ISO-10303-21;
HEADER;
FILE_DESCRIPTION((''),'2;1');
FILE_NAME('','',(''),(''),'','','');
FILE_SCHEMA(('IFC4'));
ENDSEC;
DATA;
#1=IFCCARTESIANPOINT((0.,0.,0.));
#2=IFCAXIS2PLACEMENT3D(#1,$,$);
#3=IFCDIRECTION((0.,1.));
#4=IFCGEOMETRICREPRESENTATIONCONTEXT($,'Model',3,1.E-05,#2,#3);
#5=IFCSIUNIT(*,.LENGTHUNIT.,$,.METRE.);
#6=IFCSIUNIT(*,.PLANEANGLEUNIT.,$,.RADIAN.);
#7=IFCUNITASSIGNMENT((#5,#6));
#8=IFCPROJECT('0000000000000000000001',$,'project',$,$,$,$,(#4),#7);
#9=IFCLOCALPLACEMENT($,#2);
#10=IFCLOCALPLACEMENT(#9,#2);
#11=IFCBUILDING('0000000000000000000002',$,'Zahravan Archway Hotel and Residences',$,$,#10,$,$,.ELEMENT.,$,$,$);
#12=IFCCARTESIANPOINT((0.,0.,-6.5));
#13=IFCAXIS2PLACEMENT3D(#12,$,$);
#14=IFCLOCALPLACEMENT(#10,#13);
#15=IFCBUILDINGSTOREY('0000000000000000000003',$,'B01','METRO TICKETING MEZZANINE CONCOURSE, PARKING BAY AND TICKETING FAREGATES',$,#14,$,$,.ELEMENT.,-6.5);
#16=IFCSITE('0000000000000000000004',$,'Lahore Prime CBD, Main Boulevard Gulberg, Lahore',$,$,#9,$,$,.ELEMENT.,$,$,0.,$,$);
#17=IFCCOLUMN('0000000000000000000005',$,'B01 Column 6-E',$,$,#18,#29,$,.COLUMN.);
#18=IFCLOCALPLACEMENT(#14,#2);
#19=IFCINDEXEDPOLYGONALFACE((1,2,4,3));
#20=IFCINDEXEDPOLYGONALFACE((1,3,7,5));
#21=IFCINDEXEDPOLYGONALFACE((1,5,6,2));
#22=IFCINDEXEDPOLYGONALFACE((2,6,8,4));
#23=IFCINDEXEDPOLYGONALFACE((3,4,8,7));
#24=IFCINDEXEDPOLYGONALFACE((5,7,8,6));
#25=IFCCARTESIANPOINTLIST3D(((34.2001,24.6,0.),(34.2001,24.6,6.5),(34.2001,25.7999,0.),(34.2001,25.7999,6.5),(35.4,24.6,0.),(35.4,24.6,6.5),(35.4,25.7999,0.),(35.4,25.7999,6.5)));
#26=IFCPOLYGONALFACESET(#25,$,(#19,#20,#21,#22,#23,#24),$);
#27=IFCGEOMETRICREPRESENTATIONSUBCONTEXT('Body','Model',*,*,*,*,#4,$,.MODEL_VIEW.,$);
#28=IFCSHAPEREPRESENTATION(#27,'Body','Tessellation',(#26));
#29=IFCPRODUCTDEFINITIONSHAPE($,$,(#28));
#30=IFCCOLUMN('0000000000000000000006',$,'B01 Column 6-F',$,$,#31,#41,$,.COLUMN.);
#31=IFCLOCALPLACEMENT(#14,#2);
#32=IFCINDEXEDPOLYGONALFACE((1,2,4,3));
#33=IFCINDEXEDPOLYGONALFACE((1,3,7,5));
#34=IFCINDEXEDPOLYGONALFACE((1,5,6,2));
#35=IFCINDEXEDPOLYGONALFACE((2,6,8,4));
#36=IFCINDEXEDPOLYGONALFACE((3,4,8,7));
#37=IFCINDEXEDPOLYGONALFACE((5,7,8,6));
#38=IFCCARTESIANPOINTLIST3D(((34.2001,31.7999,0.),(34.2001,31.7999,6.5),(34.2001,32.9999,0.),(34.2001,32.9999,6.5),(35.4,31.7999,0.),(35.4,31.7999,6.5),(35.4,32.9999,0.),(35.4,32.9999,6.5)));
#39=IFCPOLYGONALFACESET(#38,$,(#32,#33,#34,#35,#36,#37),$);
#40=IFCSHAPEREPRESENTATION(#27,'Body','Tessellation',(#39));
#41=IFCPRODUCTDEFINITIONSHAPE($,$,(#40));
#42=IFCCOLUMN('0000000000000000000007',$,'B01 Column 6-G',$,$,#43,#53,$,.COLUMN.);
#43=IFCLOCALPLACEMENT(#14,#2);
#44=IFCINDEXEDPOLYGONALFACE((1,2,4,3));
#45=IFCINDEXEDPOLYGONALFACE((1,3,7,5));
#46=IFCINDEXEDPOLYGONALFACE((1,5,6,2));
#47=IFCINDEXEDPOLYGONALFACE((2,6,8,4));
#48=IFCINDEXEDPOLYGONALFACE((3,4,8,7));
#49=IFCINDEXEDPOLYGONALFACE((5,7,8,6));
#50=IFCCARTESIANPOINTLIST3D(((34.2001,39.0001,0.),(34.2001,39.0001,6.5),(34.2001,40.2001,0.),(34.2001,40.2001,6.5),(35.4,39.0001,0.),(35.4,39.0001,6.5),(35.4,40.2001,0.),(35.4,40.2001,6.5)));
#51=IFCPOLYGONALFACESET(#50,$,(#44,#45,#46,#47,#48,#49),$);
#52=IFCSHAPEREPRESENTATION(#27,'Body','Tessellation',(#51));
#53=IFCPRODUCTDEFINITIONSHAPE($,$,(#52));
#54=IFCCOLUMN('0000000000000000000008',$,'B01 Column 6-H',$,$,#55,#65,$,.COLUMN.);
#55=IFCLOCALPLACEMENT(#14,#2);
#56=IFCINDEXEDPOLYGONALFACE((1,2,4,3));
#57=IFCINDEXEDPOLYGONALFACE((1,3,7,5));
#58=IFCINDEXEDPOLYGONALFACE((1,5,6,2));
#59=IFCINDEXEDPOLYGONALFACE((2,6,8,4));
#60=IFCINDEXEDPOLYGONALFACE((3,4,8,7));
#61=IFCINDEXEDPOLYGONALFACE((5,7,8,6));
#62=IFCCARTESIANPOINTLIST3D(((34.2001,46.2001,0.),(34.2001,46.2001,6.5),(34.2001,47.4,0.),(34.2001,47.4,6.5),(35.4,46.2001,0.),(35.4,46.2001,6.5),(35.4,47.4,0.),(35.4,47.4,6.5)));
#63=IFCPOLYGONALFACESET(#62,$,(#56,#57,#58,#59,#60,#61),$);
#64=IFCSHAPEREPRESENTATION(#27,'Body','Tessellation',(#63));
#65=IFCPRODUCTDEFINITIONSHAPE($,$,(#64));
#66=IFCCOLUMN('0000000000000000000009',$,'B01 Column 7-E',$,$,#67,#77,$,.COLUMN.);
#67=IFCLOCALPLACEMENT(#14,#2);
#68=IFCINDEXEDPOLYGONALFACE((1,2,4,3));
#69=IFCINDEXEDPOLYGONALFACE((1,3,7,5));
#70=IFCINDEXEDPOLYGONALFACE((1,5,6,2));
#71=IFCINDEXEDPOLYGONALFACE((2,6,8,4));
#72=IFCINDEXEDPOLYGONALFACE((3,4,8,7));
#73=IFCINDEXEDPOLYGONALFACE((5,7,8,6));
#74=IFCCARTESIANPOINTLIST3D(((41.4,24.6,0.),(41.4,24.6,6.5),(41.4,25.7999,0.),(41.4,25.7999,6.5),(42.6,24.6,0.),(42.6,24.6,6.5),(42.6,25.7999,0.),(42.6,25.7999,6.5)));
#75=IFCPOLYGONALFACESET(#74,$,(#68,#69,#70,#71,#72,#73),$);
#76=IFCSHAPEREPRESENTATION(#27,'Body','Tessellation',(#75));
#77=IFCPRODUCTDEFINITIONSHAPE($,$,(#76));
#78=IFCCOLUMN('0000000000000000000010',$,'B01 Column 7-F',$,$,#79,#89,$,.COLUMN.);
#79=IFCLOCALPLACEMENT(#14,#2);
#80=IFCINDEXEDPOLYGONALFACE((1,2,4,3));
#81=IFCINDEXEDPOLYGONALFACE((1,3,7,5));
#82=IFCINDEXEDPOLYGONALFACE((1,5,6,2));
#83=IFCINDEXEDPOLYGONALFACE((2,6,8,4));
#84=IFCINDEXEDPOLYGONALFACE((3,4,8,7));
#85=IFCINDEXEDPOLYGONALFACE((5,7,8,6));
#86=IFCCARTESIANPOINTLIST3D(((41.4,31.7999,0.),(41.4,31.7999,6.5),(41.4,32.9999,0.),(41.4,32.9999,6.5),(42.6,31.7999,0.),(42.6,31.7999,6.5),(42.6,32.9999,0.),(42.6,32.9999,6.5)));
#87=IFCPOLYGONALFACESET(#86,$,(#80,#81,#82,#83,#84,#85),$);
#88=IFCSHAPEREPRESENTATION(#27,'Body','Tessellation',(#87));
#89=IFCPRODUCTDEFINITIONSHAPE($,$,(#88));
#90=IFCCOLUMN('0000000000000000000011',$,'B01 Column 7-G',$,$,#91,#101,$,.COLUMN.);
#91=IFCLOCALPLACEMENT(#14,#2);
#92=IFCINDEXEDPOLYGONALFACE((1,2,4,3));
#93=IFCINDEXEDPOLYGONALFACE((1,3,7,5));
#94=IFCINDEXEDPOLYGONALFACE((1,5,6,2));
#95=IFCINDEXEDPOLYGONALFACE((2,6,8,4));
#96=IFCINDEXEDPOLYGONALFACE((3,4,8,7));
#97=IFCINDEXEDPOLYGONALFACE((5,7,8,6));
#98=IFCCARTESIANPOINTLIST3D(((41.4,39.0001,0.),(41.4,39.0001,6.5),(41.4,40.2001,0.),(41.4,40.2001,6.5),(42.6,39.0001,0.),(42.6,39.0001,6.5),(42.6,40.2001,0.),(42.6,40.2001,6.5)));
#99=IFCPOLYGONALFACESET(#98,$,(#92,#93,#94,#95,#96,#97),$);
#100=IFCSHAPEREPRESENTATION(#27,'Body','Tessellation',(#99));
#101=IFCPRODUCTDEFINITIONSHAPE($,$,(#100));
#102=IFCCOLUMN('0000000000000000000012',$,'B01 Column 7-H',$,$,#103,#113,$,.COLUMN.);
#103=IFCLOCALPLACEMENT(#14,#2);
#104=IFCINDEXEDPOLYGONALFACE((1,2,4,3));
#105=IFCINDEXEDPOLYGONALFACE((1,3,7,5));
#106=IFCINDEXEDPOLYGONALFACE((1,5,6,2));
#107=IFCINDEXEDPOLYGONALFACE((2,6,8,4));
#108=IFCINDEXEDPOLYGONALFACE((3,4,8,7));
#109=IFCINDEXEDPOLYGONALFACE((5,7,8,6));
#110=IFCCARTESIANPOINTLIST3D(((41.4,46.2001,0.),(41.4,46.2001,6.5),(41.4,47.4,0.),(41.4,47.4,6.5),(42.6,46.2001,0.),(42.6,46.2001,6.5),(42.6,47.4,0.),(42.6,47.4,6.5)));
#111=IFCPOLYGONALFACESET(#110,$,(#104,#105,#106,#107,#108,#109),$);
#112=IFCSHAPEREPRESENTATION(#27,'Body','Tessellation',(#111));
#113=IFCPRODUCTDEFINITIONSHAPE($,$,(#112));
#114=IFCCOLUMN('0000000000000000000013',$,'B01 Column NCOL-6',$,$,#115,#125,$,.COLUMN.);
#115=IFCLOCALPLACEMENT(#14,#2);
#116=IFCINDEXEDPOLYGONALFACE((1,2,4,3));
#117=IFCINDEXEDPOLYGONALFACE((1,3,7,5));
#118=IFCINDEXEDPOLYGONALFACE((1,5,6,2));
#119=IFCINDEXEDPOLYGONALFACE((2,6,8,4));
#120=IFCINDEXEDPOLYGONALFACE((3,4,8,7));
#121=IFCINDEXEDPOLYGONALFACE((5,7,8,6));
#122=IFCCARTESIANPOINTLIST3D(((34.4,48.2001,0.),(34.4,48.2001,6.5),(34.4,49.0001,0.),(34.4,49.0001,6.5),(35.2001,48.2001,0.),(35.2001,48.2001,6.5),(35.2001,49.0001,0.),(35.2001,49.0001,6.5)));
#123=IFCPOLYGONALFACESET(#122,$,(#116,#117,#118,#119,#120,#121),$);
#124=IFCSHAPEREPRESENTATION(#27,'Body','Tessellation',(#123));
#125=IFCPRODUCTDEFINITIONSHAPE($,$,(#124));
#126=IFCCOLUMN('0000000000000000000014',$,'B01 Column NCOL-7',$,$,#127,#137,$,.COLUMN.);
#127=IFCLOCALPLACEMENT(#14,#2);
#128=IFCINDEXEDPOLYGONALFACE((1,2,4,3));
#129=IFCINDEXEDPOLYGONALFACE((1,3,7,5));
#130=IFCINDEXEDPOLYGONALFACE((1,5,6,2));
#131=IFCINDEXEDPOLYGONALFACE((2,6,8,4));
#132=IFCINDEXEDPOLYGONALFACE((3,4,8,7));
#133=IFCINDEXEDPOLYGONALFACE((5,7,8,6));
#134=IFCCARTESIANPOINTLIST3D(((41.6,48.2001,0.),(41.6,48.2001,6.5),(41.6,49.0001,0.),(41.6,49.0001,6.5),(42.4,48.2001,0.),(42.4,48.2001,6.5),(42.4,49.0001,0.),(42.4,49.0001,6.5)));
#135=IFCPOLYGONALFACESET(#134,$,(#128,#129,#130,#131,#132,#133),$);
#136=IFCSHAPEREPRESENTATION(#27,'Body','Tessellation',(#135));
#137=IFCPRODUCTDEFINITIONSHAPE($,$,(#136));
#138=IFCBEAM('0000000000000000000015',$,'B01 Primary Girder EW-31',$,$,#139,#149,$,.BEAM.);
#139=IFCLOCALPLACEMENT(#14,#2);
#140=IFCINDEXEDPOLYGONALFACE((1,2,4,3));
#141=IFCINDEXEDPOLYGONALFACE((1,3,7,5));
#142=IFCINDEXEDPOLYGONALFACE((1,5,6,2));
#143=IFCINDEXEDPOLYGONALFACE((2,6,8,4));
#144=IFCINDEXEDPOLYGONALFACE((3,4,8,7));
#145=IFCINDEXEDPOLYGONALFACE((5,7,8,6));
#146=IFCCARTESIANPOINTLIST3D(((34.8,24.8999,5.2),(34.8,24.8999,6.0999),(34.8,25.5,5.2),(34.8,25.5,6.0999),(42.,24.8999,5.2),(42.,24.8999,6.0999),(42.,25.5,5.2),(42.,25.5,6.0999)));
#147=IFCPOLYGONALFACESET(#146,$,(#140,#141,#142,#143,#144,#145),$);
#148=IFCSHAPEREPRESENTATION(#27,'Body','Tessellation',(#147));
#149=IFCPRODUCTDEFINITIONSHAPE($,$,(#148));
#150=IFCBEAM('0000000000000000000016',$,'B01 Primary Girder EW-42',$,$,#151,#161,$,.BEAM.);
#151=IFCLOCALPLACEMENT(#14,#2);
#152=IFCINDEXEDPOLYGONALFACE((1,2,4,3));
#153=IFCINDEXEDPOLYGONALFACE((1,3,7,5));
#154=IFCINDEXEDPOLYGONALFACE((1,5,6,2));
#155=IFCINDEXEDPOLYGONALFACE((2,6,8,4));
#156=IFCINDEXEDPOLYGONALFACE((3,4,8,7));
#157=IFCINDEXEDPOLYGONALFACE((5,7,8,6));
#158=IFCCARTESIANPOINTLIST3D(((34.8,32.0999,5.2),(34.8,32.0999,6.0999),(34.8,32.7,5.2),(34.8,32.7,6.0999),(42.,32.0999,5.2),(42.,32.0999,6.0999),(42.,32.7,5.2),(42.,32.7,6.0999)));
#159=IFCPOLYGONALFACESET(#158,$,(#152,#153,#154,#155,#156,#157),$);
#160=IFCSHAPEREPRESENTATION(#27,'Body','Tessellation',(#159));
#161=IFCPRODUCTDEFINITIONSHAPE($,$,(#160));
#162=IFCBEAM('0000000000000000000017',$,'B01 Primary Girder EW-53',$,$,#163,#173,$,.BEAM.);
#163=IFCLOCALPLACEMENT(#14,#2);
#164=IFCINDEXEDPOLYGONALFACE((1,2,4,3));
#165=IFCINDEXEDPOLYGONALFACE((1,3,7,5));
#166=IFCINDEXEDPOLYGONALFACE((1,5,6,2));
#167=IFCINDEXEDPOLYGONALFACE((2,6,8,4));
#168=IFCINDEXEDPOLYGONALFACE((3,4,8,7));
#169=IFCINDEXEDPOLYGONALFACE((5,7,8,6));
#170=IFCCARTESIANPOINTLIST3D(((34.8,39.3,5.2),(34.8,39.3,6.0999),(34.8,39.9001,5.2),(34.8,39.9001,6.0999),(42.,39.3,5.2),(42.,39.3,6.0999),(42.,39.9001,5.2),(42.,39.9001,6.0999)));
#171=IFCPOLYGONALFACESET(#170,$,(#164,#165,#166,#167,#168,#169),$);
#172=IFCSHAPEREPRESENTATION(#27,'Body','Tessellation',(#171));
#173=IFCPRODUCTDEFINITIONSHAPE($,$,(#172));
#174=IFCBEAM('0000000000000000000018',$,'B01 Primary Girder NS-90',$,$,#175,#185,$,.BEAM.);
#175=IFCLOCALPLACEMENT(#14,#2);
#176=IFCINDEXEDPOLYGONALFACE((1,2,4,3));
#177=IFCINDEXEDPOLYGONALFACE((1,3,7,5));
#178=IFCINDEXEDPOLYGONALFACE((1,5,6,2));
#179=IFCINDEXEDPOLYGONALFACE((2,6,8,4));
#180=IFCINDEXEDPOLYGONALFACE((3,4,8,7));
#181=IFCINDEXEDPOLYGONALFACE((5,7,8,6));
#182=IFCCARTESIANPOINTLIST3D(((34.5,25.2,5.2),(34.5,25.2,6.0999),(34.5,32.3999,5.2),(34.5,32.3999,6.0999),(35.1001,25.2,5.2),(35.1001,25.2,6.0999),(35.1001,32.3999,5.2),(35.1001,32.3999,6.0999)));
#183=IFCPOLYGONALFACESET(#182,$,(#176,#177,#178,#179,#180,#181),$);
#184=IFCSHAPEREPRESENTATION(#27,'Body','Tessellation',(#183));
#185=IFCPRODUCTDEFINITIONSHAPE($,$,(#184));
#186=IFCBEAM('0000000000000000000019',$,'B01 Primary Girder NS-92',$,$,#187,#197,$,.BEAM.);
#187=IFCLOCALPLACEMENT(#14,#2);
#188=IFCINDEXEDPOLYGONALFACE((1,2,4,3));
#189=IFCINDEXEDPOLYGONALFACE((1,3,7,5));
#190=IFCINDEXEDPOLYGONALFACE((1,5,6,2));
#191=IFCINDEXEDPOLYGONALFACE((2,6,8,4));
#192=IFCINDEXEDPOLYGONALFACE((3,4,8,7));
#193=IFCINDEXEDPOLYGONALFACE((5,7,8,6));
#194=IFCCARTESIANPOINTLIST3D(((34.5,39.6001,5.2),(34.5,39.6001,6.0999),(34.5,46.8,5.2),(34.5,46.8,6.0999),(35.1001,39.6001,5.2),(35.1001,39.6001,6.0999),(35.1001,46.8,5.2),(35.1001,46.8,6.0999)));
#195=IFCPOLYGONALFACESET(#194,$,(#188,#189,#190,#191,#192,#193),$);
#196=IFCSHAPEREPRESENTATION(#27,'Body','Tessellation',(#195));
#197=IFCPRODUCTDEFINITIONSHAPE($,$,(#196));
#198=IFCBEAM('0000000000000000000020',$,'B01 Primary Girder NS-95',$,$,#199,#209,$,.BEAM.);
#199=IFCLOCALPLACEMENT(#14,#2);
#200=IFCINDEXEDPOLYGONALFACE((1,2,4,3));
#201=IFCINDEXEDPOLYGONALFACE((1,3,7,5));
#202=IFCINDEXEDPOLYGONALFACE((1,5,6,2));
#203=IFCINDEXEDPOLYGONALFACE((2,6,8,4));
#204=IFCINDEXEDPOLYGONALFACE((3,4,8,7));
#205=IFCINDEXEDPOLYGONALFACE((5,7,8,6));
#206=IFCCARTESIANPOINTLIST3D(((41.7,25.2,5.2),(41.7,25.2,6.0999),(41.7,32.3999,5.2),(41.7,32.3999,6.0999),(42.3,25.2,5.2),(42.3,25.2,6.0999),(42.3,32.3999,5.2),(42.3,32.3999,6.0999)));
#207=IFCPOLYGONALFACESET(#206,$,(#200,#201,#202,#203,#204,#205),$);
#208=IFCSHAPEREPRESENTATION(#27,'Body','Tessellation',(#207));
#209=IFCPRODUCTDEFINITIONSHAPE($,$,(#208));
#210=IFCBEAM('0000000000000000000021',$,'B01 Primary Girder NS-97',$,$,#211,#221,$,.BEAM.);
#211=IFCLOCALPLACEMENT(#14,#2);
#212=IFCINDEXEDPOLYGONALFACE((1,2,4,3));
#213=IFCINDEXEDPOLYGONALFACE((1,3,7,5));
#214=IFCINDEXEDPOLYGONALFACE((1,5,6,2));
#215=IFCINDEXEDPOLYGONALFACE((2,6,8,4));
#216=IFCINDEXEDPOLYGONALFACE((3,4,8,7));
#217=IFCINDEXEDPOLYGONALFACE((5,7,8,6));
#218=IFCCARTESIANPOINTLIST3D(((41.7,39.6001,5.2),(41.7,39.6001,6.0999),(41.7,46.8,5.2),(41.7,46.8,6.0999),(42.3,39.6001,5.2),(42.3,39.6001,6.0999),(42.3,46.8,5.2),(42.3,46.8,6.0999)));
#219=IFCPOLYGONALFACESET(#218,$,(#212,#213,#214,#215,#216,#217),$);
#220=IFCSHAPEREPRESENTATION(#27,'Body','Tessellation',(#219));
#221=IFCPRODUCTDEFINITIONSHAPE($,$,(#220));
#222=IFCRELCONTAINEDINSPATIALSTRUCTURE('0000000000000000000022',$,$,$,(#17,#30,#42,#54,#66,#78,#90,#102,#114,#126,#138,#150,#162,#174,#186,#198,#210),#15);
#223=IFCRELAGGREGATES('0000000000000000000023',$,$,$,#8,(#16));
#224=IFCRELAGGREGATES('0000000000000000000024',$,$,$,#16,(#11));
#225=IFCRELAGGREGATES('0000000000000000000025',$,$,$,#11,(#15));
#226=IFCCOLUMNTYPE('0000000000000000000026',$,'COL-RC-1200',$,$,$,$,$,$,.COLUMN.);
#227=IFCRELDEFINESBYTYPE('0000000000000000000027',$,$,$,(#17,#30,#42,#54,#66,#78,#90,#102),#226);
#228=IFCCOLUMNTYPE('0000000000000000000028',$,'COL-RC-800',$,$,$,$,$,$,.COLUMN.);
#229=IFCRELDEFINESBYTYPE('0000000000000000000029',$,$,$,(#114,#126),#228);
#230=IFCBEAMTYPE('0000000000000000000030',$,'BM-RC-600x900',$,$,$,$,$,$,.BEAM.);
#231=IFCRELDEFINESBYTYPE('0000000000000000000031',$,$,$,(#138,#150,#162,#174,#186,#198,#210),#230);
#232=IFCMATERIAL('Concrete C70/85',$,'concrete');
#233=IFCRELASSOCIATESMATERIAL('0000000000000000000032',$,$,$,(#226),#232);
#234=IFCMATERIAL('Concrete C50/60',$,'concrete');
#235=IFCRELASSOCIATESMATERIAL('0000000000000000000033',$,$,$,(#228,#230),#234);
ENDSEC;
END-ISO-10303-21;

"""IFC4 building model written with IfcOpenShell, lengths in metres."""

from ifc_helpers import new_model, si_unit, direction, frame, origin, origin_2d, place, context, subcontext, project, spatial, rectangle, extrude, source, transform, mapped, material, material_profile, profile_set, type_object, element, save


model = new_model("IFC4")

# Units and contexts
model_context = context("Model", 3, precision=1e-05, world=origin(), true_north=direction((0.0, 1.0)))
body_context = subcontext(model_context, "Body", "Model", "MODEL_VIEW")
ifc_project = project(units=[si_unit("LENGTHUNIT", "METRE"), si_unit("PLANEANGLEUNIT", "RADIAN")], contexts=[model_context])

# Site, building, storey
site_placement = place(None, origin())
site = spatial("IfcSite", under=ifc_project, at=site_placement, Name="Lahore Prime CBD, Main Boulevard Gulberg, Lahore", CompositionType="ELEMENT", RefElevation=0.0)
building_placement = place(site_placement, origin())
building = spatial("IfcBuilding", under=site, at=building_placement, Name="Zahravan Archway Hotel and Residences", CompositionType="ELEMENT")
storey_placement = place(building_placement, frame((0.0, 0.0, -6.5)))
storey = spatial("IfcBuildingStorey", under=building, at=storey_placement, Name="B01", Description="METRO TICKETING MEZZANINE CONCOURSE, PARKING BAY AND TICKETING FAREGATES", CompositionType="ELEMENT", Elevation=-6.5)

# Columns
ifc_material_1 = material(Name="Concrete C70/85", Category="concrete")
ifc_material_profile_1 = material_profile(ifc_material_1, rectangle(XDim=1.2, YDim=1.2, at=origin_2d()), Name="RC-COL-1200x1200", Category="concrete")
ifc_profile_set_1 = profile_set([ifc_material_profile_1], Name="Concrete C70/85")
column_type_1 = type_object("IfcColumnType", Name="COL-RC-1200", PredefinedType="COLUMN", material=ifc_profile_set_1)
shared_shape_1 = source(origin(), body_context, "Body", "SweptSolid", [
    extrude(rectangle(XDim=1.2, YDim=1.2, at=origin_2d()), origin(), (0.0, 0.0, 1.0), 6.5),
])
for number, where, z_axis, x_axis, name in (
    (1, (34.8, 25.2, 0.0), (0.0, 0.0, 1.0), (1.0, 0.0, 0.0), "B01 Column 6-E"),
    (2, (34.8, 32.3999, 0.0), (0.0, 0.0, 1.0), (1.0, 0.0, 0.0), "B01 Column 6-F"),
    (3, (34.8, 39.6001, 0.0), (0.0, 0.0, 1.0), (1.0, 0.0, 0.0), "B01 Column 6-G"),
    (4, (34.8, 46.8, 0.0), (0.0, 0.0, 1.0), (1.0, 0.0, 0.0), "B01 Column 6-H"),
    (5, (42.0, 25.2, 0.0), (0.0, 0.0, 1.0), (1.0, 0.0, 0.0), "B01 Column 7-E"),
    (6, (42.0, 32.3999, 0.0), (0.0, 0.0, 1.0), (1.0, 0.0, 0.0), "B01 Column 7-F"),
    (7, (42.0, 39.6001, 0.0), (0.0, 0.0, 1.0), (1.0, 0.0, 0.0), "B01 Column 7-G"),
    (8, (42.0, 46.8, 0.0), (0.0, 0.0, 1.0), (1.0, 0.0, 0.0), "B01 Column 7-H"),
):
    element("IfcColumn", number, at=place(storey_placement, frame(where, z_axis=z_axis, x_axis=x_axis)), inside=storey, type_object=column_type_1, Name=name, PredefinedType="COLUMN", context=body_context, shape_type="MappedRepresentation", body=[
        mapped(shared_shape_1, transform((0.0, 0.0, 0.0), scale=1.0)),
    ])
ifc_material_2 = material(Name="Concrete C50/60", Category="concrete")
ifc_material_profile_2 = material_profile(ifc_material_2, rectangle(XDim=0.8, YDim=0.8, at=origin_2d()), Name="RC-COL-800x800", Category="concrete")
ifc_profile_set_2 = profile_set([ifc_material_profile_2], Name="Concrete C50/60")
column_type_2 = type_object("IfcColumnType", Name="COL-RC-800", PredefinedType="COLUMN", material=ifc_profile_set_2)
shared_shape_2 = source(origin(), body_context, "Body", "SweptSolid", [
    extrude(rectangle(XDim=0.8, YDim=0.8, at=origin_2d()), origin(), (0.0, 0.0, 1.0), 6.5),
])
for number, where, z_axis, x_axis, name in (
    (9, (34.8, 48.6001, 0.0), (0.0, 0.0, 1.0), (1.0, 0.0, 0.0), "B01 Column NCOL-6"),
    (10, (42.0, 48.6001, 0.0), (0.0, 0.0, 1.0), (1.0, 0.0, 0.0), "B01 Column NCOL-7"),
):
    element("IfcColumn", number, at=place(storey_placement, frame(where, z_axis=z_axis, x_axis=x_axis)), inside=storey, type_object=column_type_2, Name=name, PredefinedType="COLUMN", context=body_context, shape_type="MappedRepresentation", body=[
        mapped(shared_shape_2, transform((0.0, 0.0, 0.0), scale=1.0)),
    ])

# Beams
ifc_material_profile_3 = material_profile(ifc_material_2, rectangle(XDim=0.6001, YDim=0.8999, at=origin_2d()), Name="RC-BM-600x900", Category="concrete")
ifc_profile_set_3 = profile_set([ifc_material_profile_3], Name="Concrete C50/60")
beam_type_1 = type_object("IfcBeamType", Name="BM-RC-600x900", PredefinedType="BEAM", material=ifc_profile_set_3)
shared_shape_3 = source(origin(), body_context, "Body", "SweptSolid", [
    extrude(rectangle(XDim=0.6001, YDim=0.8999, at=origin_2d()), origin(), (0.0, 0.0, 1.0), 7.2),
])
for number, where, z_axis, x_axis, name in (
    (11, (34.8, 25.2, 5.6499), (1.0, 0.0, 0.0), (0.0, 1.0, 0.0), "B01 Primary Girder EW-31"),
    (12, (34.8, 32.3999, 5.6499), (1.0, 0.0, 0.0), (0.0, 1.0, 0.0), "B01 Primary Girder EW-42"),
    (13, (34.8, 39.6001, 5.6499), (1.0, 0.0, 0.0), (0.0, 1.0, 0.0), "B01 Primary Girder EW-53"),
    (14, (34.8, 25.2, 5.6499), (0.0, 1.0, 0.0), (-1.0, 0.0, 0.0), "B01 Primary Girder NS-90"),
    (15, (34.8, 39.6001, 5.6499), (0.0, 1.0, 0.0), (-1.0, 0.0, 0.0), "B01 Primary Girder NS-92"),
    (16, (42.0, 25.2, 5.6499), (0.0, 1.0, 0.0), (-1.0, 0.0, 0.0), "B01 Primary Girder NS-95"),
    (17, (42.0, 39.6001, 5.6499), (0.0, 1.0, 0.0), (-1.0, 0.0, 0.0), "B01 Primary Girder NS-97"),
):
    element("IfcBeam", number, at=place(storey_placement, frame(where, z_axis=z_axis, x_axis=x_axis)), inside=storey, type_object=beam_type_1, Name=name, PredefinedType="BEAM", context=body_context, shape_type="MappedRepresentation", body=[
        mapped(shared_shape_3, transform((0.0, 0.0, 0.0), scale=1.0)),
    ])

save(model, "model.ifc")
